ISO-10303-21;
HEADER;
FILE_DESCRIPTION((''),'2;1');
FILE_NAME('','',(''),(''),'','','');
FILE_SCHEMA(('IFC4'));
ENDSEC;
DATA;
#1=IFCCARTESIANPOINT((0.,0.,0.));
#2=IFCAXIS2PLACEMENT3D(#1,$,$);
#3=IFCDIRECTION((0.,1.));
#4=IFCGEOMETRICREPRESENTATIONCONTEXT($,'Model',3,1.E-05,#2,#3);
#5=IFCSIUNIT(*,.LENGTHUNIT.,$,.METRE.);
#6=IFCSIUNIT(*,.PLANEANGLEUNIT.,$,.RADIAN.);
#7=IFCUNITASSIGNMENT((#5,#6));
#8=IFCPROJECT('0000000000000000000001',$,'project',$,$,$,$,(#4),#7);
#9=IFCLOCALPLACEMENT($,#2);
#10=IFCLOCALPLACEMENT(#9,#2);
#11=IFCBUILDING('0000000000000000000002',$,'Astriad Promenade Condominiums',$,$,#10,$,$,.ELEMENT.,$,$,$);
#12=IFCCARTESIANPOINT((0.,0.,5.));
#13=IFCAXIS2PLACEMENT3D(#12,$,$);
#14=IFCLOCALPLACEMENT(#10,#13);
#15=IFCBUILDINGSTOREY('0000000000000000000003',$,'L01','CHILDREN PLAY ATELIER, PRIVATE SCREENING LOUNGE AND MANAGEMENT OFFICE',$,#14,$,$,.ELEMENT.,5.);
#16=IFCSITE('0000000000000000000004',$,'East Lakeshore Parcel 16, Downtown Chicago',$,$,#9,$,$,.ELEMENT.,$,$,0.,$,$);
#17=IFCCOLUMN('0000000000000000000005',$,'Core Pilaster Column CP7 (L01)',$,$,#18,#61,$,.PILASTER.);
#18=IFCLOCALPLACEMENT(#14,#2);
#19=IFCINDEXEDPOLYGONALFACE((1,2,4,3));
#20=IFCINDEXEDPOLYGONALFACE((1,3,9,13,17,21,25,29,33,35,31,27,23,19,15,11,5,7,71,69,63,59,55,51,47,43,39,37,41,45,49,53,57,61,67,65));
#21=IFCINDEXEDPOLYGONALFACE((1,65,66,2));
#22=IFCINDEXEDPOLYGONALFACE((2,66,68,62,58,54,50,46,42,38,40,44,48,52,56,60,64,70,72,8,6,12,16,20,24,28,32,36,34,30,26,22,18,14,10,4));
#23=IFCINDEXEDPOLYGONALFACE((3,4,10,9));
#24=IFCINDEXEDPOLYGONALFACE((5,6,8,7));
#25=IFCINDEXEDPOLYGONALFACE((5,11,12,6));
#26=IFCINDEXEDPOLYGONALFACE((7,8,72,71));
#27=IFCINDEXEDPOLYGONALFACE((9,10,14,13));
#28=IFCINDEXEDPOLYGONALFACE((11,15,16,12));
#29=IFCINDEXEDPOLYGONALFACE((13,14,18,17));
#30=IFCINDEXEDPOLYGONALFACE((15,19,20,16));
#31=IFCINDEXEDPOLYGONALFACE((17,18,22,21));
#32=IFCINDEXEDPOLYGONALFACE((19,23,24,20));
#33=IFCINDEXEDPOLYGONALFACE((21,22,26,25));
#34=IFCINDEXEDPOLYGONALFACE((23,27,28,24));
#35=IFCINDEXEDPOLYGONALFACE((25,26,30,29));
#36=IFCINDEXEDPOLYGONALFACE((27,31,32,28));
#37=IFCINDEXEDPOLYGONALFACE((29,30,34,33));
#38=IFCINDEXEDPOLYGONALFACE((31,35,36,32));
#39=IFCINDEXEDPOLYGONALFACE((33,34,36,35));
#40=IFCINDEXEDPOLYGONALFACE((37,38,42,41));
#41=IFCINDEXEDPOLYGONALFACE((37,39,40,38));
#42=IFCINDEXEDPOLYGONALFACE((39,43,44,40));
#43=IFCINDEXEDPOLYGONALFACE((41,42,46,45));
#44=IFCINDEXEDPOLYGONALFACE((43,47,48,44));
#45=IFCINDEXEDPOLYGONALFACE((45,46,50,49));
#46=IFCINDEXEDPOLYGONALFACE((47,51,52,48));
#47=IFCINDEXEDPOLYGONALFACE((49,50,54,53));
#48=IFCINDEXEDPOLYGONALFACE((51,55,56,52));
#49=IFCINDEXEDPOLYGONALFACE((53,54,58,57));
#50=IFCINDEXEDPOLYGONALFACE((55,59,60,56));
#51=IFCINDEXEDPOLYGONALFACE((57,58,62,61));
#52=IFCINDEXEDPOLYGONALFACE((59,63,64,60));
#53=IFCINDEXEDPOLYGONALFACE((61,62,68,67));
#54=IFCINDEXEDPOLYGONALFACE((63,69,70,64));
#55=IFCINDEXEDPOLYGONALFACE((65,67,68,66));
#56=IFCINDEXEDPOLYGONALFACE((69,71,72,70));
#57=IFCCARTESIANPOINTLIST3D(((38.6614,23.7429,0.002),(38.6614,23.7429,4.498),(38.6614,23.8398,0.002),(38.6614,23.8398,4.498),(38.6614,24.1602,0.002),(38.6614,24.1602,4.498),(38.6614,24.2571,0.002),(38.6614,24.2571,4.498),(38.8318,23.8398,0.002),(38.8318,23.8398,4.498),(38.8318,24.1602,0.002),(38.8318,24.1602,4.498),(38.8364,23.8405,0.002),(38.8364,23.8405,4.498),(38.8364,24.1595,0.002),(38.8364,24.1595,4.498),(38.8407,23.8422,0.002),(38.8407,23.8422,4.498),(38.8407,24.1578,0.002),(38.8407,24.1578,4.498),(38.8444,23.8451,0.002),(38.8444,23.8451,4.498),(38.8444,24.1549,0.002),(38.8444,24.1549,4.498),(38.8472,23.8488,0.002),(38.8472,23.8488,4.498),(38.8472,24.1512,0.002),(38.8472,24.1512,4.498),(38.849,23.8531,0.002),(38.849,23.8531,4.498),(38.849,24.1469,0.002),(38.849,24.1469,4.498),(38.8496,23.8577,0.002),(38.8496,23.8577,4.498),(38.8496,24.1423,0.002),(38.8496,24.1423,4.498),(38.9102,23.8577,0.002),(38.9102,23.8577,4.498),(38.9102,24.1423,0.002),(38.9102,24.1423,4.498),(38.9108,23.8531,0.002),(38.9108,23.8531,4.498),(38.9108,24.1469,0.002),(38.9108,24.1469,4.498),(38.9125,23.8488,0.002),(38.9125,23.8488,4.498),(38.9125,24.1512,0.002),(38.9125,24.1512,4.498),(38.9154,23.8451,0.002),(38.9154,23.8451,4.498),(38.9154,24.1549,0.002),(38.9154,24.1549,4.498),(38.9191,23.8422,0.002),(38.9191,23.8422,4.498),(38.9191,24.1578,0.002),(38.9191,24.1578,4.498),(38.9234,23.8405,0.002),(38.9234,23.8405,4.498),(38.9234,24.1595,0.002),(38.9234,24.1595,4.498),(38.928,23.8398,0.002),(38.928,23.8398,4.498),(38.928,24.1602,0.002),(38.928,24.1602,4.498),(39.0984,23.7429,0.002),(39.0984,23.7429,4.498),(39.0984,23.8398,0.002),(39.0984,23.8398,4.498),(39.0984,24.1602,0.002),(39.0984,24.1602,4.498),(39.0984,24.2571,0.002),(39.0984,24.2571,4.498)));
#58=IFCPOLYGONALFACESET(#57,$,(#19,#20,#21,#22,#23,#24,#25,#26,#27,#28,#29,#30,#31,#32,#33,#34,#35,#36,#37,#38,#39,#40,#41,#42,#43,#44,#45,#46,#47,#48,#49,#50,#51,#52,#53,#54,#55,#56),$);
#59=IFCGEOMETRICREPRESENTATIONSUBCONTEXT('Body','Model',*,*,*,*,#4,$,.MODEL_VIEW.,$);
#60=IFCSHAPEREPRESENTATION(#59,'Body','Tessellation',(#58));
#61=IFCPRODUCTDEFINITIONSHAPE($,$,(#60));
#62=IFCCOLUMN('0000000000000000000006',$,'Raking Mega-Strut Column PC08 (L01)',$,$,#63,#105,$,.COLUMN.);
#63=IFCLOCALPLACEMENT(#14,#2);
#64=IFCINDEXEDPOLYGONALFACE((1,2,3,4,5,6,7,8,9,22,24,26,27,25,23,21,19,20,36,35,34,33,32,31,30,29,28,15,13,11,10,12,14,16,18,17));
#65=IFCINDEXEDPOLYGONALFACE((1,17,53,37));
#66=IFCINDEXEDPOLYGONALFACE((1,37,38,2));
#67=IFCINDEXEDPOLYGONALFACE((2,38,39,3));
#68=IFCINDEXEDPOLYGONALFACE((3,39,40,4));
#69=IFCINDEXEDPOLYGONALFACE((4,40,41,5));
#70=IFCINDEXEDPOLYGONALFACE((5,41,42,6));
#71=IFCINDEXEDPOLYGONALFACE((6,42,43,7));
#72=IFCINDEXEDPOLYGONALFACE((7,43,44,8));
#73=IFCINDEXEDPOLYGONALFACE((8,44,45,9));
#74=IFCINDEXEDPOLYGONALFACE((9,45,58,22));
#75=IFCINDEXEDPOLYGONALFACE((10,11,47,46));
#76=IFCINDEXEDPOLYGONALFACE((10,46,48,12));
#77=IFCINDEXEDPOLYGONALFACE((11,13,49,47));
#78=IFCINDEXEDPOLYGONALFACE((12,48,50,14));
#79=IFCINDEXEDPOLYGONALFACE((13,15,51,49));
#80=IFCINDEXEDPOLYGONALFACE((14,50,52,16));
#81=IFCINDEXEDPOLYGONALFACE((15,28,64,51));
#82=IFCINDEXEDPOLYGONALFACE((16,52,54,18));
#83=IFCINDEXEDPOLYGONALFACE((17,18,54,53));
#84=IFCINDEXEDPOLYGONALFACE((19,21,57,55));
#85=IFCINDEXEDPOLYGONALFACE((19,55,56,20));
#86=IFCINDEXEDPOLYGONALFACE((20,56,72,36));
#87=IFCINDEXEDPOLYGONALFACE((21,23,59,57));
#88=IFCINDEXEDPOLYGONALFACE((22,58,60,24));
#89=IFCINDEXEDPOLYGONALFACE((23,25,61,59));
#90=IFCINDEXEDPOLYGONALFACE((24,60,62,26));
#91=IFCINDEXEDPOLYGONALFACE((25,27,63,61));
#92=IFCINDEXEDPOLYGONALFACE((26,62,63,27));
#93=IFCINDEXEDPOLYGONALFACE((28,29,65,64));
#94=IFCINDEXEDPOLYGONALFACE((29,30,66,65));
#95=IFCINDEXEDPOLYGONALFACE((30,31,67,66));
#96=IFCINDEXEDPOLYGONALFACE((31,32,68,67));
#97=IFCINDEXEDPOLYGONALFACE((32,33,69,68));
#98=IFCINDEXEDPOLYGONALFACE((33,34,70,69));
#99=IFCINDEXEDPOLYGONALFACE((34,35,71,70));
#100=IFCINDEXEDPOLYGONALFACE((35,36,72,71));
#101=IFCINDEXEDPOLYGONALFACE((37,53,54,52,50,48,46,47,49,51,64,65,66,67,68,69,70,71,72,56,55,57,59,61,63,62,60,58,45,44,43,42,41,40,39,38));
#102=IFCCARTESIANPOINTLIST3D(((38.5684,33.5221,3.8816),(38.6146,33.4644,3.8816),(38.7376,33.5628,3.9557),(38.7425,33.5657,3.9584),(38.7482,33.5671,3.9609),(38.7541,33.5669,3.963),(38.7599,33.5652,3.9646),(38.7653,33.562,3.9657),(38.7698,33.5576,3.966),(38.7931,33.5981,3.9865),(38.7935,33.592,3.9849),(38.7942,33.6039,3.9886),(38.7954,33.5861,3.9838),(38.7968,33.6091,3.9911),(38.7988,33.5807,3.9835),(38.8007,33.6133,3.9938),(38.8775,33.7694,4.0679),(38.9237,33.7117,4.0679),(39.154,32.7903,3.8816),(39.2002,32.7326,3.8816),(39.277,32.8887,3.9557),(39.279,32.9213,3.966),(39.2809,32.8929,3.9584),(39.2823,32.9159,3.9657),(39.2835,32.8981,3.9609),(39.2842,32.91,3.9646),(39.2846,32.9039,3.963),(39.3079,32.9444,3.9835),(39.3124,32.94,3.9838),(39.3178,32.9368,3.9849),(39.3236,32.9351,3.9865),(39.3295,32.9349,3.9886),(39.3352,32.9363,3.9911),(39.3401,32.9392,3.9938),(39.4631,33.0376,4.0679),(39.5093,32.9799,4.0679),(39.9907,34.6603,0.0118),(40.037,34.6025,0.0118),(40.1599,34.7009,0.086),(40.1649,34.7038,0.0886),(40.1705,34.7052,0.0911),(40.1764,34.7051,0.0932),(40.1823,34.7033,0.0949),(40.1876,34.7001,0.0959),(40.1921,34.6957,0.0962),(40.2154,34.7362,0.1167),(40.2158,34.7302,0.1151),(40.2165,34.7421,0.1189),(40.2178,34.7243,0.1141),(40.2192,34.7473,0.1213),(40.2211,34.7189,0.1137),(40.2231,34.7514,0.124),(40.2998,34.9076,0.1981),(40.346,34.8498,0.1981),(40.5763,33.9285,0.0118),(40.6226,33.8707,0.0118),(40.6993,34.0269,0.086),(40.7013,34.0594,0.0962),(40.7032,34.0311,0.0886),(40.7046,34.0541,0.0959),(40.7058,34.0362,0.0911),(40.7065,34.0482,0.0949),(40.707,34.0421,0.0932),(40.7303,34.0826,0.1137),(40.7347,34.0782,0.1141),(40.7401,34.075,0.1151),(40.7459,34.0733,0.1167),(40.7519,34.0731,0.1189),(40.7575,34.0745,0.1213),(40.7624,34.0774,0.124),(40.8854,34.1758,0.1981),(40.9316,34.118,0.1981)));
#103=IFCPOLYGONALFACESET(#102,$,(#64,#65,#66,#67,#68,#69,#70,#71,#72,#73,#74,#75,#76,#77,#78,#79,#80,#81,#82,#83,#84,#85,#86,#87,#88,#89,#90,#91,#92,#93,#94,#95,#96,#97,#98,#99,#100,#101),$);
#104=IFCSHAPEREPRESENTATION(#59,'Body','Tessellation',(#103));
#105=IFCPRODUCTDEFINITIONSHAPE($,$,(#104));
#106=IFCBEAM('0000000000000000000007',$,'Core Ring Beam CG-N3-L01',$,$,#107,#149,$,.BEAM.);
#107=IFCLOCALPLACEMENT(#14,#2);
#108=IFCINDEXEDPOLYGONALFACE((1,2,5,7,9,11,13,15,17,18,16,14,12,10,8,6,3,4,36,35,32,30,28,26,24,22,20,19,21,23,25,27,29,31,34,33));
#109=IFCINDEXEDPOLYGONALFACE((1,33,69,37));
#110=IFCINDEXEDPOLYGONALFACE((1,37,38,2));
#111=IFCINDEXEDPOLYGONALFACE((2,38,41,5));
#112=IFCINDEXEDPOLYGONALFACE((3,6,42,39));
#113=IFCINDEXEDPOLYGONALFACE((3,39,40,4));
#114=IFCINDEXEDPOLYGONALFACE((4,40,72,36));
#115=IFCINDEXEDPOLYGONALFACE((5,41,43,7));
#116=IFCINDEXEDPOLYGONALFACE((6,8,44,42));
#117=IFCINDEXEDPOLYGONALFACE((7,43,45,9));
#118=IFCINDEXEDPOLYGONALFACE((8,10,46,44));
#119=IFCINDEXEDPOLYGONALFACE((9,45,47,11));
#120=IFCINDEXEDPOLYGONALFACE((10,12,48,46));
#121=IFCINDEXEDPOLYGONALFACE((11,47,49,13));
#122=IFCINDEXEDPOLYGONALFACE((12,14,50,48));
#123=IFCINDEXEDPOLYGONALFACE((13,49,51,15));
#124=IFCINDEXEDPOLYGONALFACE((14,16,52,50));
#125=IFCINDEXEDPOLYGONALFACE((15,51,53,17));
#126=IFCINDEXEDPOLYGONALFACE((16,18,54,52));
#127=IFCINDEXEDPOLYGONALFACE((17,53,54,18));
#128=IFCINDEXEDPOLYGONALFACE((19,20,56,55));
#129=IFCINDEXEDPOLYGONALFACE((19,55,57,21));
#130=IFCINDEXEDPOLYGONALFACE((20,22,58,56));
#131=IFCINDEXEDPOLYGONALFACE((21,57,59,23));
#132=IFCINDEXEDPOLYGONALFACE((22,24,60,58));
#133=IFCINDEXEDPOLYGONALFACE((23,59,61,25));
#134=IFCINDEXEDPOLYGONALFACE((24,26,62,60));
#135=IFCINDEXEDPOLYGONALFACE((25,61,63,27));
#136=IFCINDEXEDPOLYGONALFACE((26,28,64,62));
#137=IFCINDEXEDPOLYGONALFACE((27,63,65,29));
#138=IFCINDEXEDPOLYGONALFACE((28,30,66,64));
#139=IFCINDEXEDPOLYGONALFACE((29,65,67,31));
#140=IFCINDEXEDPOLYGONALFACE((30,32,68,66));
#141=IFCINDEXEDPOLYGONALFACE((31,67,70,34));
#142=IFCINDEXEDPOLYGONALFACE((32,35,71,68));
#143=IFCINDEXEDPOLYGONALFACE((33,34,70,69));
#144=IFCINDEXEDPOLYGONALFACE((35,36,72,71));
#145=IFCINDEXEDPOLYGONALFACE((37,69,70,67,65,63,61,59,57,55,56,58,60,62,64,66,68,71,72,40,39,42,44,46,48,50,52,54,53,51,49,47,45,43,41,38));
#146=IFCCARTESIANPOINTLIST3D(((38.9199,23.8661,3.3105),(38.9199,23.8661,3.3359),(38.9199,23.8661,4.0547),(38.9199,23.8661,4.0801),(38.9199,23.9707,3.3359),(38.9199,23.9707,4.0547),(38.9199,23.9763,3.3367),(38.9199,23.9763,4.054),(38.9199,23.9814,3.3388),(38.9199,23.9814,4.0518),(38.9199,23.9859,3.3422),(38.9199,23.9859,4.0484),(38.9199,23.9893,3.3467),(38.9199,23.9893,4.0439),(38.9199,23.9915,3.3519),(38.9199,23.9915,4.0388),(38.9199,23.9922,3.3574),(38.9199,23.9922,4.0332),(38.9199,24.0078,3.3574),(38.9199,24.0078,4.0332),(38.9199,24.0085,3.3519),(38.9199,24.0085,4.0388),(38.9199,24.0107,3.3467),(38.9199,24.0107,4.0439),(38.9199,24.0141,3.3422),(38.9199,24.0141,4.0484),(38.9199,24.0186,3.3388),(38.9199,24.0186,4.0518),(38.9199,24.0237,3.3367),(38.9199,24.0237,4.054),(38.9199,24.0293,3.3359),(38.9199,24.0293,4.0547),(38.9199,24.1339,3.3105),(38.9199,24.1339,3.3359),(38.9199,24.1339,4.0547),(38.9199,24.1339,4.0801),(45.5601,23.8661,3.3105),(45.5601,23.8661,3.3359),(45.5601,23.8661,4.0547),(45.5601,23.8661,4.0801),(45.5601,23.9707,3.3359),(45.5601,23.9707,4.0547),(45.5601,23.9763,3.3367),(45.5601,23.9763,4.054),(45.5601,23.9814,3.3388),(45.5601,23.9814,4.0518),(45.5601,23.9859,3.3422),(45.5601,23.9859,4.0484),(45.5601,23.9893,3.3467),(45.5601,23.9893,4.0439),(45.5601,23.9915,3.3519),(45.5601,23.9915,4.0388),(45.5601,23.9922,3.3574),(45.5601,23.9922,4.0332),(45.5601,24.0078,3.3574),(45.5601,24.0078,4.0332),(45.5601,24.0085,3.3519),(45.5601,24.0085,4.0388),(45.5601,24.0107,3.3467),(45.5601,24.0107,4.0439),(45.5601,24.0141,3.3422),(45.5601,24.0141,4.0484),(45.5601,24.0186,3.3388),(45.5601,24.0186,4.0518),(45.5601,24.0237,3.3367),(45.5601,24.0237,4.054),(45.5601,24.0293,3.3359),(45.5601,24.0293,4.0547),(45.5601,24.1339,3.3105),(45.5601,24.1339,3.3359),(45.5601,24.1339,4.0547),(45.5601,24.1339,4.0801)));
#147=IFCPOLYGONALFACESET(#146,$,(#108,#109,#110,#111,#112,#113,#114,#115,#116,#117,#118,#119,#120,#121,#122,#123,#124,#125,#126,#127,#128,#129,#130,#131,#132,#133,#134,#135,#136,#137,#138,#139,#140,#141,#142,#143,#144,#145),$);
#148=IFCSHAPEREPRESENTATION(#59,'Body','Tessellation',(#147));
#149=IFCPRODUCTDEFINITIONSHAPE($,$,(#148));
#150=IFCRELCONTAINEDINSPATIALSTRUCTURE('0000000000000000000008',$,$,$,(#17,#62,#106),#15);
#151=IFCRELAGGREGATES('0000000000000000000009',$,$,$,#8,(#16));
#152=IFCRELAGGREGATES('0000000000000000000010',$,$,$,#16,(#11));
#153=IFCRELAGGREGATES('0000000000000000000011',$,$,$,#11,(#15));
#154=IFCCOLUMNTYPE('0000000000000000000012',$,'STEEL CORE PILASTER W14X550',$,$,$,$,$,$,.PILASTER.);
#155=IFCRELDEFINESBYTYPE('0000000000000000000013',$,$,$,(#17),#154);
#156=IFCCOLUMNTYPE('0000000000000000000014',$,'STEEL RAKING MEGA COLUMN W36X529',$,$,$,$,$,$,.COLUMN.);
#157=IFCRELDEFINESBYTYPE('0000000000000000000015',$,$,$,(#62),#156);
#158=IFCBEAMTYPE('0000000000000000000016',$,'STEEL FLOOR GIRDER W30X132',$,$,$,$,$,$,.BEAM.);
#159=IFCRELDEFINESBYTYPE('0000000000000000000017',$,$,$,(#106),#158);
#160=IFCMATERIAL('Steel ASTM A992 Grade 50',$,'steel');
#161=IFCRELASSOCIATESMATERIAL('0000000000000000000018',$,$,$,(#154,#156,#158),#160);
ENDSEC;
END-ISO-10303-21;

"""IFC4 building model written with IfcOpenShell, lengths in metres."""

from ifc_helpers import new_model, si_unit, direction, frame, origin, origin_2d, place, context, subcontext, project, spatial, i_section, extrude, source, transform, mapped, material, material_profile, profile_set, type_object, type_shapes, element, save


model = new_model("IFC4")

# Units and contexts
model_context = context("Model", 3, precision=1e-05, world=origin(), true_north=direction((0.0, 1.0)))
body_context = subcontext(model_context, "Body", "Model", "MODEL_VIEW")
ifc_project = project(units=[si_unit("LENGTHUNIT", "METRE"), si_unit("PLANEANGLEUNIT", "RADIAN")], contexts=[model_context])

# Site, building, storey
site_placement = place(None, origin())
site = spatial("IfcSite", under=ifc_project, at=site_placement, Name="East Lakeshore Parcel 16, Downtown Chicago", CompositionType="ELEMENT", RefElevation=0.0)
building_placement = place(site_placement, origin())
building = spatial("IfcBuilding", under=site, at=building_placement, Name="Astriad Promenade Condominiums", CompositionType="ELEMENT")
storey_placement = place(building_placement, frame((0.0, 0.0, 5.0)))
storey = spatial("IfcBuildingStorey", under=building, at=storey_placement, Name="L01", Description="CHILDREN PLAY ATELIER, PRIVATE SCREENING LOUNGE AND MANAGEMENT OFFICE", CompositionType="ELEMENT", Elevation=5.0)

# Columns
ifc_material_1 = material(Name="Steel ASTM A992 Grade 50", Category="steel")
ifc_material_profile_1 = material_profile(ifc_material_1, i_section(OverallWidth=0.437, OverallDepth=0.5142, WebThickness=0.0605, FlangeThickness=0.0969, FilletRadius=0.0178, at=origin_2d()), Name="W14X550")
ifc_profile_set_1 = profile_set([ifc_material_profile_1], Name="Steel ASTM A992 Grade 50")
column_type_1 = type_object("IfcColumnType", Name="STEEL CORE PILASTER W14X550", PredefinedType="PILASTER", material=ifc_profile_set_1)
shared_shape_1 = source(origin(), body_context, "Body", "SweptSolid", [
    extrude(i_section(OverallWidth=0.437, OverallDepth=0.5142, WebThickness=0.0605, FlangeThickness=0.0969, FilletRadius=0.0178, at=origin_2d()), origin(), (0.0, 0.0, 1.0), 4.4961),
])
type_shapes(column_type_1, [shared_shape_1])
column_1_placement = place(storey_placement, frame((38.8799, 24.0, 0.002), z_axis=(0.0, 0.0, 1.0), x_axis=(1.0, 0.0, 0.0)))
element("IfcColumn", 1, at=column_1_placement, inside=storey, type_object=column_type_1, Name="Core Pilaster Column CP7 (L01)", PredefinedType="PILASTER", context=body_context, shape_type="MappedRepresentation", body=[
    mapped(shared_shape_1, transform((0.0, 0.0, 0.0), scale=1.0)),
])
ifc_material_profile_2 = material_profile(ifc_material_1, i_section(OverallWidth=0.4375, OverallDepth=1.0112, WebThickness=0.041, FlangeThickness=0.074, FilletRadius=0.0242, at=origin_2d()), Name="W36X529")
ifc_profile_set_2 = profile_set([ifc_material_profile_2], Name="Steel ASTM A992 Grade 50")
column_type_2 = type_object("IfcColumnType", Name="STEEL RAKING MEGA COLUMN W36X529", PredefinedType="COLUMN", material=ifc_profile_set_2)
shared_shape_2 = source(origin(), body_context, "Body", "SweptSolid", [
    extrude(i_section(OverallWidth=0.4375, OverallDepth=1.0112, WebThickness=0.041, FlangeThickness=0.074, FilletRadius=0.0242, at=origin_2d()), origin(), (0.0, 0.0, 1.0), 4.2771),
])
type_shapes(column_type_2, [shared_shape_2])
column_2_placement = place(storey_placement, frame((40.4612, 34.3892, 0.105), z_axis=(-0.332545, -0.266104, 0.904766), x_axis=(0.706433, 0.565292, 0.425908)))
element("IfcColumn", 2, at=column_2_placement, inside=storey, type_object=column_type_2, Name="Raking Mega-Strut Column PC08 (L01)", PredefinedType="COLUMN", context=body_context, shape_type="MappedRepresentation", body=[
    mapped(shared_shape_2, transform((0.0, 0.0, 0.0), scale=1.0)),
])

# Beam
ifc_material_profile_3 = material_profile(ifc_material_1, i_section(OverallWidth=0.2678, OverallDepth=0.7695, WebThickness=0.0156, FlangeThickness=0.0254, FilletRadius=0.0215, at=origin_2d()), Name="W30X132")
ifc_profile_set_3 = profile_set([ifc_material_profile_3], Name="Steel ASTM A992 Grade 50")
beam_type_1 = type_object("IfcBeamType", Name="STEEL FLOOR GIRDER W30X132", PredefinedType="BEAM", material=ifc_profile_set_3)
shared_shape_3 = source(origin(), body_context, "Body", "SweptSolid", [
    extrude(i_section(OverallWidth=0.2678, OverallDepth=0.7695, WebThickness=0.0156, FlangeThickness=0.0254, FilletRadius=0.0215, at=origin_2d()), origin(), (0.0, 0.0, 1.0), 6.6401),
])
type_shapes(beam_type_1, [shared_shape_3])
beam_1_placement = place(storey_placement, frame((38.9199, 24.0, 3.6953), z_axis=(1.0, 0.0, 0.0), x_axis=(0.0, 1.0, 0.0)))
element("IfcBeam", 3, at=beam_1_placement, inside=storey, type_object=beam_type_1, Name="Core Ring Beam CG-N3-L01", PredefinedType="BEAM", context=body_context, shape_type="MappedRepresentation", body=[
    mapped(shared_shape_3, transform((0.0, 0.0, 0.0), scale=1.0)),
])

save(model, "model.ifc")
